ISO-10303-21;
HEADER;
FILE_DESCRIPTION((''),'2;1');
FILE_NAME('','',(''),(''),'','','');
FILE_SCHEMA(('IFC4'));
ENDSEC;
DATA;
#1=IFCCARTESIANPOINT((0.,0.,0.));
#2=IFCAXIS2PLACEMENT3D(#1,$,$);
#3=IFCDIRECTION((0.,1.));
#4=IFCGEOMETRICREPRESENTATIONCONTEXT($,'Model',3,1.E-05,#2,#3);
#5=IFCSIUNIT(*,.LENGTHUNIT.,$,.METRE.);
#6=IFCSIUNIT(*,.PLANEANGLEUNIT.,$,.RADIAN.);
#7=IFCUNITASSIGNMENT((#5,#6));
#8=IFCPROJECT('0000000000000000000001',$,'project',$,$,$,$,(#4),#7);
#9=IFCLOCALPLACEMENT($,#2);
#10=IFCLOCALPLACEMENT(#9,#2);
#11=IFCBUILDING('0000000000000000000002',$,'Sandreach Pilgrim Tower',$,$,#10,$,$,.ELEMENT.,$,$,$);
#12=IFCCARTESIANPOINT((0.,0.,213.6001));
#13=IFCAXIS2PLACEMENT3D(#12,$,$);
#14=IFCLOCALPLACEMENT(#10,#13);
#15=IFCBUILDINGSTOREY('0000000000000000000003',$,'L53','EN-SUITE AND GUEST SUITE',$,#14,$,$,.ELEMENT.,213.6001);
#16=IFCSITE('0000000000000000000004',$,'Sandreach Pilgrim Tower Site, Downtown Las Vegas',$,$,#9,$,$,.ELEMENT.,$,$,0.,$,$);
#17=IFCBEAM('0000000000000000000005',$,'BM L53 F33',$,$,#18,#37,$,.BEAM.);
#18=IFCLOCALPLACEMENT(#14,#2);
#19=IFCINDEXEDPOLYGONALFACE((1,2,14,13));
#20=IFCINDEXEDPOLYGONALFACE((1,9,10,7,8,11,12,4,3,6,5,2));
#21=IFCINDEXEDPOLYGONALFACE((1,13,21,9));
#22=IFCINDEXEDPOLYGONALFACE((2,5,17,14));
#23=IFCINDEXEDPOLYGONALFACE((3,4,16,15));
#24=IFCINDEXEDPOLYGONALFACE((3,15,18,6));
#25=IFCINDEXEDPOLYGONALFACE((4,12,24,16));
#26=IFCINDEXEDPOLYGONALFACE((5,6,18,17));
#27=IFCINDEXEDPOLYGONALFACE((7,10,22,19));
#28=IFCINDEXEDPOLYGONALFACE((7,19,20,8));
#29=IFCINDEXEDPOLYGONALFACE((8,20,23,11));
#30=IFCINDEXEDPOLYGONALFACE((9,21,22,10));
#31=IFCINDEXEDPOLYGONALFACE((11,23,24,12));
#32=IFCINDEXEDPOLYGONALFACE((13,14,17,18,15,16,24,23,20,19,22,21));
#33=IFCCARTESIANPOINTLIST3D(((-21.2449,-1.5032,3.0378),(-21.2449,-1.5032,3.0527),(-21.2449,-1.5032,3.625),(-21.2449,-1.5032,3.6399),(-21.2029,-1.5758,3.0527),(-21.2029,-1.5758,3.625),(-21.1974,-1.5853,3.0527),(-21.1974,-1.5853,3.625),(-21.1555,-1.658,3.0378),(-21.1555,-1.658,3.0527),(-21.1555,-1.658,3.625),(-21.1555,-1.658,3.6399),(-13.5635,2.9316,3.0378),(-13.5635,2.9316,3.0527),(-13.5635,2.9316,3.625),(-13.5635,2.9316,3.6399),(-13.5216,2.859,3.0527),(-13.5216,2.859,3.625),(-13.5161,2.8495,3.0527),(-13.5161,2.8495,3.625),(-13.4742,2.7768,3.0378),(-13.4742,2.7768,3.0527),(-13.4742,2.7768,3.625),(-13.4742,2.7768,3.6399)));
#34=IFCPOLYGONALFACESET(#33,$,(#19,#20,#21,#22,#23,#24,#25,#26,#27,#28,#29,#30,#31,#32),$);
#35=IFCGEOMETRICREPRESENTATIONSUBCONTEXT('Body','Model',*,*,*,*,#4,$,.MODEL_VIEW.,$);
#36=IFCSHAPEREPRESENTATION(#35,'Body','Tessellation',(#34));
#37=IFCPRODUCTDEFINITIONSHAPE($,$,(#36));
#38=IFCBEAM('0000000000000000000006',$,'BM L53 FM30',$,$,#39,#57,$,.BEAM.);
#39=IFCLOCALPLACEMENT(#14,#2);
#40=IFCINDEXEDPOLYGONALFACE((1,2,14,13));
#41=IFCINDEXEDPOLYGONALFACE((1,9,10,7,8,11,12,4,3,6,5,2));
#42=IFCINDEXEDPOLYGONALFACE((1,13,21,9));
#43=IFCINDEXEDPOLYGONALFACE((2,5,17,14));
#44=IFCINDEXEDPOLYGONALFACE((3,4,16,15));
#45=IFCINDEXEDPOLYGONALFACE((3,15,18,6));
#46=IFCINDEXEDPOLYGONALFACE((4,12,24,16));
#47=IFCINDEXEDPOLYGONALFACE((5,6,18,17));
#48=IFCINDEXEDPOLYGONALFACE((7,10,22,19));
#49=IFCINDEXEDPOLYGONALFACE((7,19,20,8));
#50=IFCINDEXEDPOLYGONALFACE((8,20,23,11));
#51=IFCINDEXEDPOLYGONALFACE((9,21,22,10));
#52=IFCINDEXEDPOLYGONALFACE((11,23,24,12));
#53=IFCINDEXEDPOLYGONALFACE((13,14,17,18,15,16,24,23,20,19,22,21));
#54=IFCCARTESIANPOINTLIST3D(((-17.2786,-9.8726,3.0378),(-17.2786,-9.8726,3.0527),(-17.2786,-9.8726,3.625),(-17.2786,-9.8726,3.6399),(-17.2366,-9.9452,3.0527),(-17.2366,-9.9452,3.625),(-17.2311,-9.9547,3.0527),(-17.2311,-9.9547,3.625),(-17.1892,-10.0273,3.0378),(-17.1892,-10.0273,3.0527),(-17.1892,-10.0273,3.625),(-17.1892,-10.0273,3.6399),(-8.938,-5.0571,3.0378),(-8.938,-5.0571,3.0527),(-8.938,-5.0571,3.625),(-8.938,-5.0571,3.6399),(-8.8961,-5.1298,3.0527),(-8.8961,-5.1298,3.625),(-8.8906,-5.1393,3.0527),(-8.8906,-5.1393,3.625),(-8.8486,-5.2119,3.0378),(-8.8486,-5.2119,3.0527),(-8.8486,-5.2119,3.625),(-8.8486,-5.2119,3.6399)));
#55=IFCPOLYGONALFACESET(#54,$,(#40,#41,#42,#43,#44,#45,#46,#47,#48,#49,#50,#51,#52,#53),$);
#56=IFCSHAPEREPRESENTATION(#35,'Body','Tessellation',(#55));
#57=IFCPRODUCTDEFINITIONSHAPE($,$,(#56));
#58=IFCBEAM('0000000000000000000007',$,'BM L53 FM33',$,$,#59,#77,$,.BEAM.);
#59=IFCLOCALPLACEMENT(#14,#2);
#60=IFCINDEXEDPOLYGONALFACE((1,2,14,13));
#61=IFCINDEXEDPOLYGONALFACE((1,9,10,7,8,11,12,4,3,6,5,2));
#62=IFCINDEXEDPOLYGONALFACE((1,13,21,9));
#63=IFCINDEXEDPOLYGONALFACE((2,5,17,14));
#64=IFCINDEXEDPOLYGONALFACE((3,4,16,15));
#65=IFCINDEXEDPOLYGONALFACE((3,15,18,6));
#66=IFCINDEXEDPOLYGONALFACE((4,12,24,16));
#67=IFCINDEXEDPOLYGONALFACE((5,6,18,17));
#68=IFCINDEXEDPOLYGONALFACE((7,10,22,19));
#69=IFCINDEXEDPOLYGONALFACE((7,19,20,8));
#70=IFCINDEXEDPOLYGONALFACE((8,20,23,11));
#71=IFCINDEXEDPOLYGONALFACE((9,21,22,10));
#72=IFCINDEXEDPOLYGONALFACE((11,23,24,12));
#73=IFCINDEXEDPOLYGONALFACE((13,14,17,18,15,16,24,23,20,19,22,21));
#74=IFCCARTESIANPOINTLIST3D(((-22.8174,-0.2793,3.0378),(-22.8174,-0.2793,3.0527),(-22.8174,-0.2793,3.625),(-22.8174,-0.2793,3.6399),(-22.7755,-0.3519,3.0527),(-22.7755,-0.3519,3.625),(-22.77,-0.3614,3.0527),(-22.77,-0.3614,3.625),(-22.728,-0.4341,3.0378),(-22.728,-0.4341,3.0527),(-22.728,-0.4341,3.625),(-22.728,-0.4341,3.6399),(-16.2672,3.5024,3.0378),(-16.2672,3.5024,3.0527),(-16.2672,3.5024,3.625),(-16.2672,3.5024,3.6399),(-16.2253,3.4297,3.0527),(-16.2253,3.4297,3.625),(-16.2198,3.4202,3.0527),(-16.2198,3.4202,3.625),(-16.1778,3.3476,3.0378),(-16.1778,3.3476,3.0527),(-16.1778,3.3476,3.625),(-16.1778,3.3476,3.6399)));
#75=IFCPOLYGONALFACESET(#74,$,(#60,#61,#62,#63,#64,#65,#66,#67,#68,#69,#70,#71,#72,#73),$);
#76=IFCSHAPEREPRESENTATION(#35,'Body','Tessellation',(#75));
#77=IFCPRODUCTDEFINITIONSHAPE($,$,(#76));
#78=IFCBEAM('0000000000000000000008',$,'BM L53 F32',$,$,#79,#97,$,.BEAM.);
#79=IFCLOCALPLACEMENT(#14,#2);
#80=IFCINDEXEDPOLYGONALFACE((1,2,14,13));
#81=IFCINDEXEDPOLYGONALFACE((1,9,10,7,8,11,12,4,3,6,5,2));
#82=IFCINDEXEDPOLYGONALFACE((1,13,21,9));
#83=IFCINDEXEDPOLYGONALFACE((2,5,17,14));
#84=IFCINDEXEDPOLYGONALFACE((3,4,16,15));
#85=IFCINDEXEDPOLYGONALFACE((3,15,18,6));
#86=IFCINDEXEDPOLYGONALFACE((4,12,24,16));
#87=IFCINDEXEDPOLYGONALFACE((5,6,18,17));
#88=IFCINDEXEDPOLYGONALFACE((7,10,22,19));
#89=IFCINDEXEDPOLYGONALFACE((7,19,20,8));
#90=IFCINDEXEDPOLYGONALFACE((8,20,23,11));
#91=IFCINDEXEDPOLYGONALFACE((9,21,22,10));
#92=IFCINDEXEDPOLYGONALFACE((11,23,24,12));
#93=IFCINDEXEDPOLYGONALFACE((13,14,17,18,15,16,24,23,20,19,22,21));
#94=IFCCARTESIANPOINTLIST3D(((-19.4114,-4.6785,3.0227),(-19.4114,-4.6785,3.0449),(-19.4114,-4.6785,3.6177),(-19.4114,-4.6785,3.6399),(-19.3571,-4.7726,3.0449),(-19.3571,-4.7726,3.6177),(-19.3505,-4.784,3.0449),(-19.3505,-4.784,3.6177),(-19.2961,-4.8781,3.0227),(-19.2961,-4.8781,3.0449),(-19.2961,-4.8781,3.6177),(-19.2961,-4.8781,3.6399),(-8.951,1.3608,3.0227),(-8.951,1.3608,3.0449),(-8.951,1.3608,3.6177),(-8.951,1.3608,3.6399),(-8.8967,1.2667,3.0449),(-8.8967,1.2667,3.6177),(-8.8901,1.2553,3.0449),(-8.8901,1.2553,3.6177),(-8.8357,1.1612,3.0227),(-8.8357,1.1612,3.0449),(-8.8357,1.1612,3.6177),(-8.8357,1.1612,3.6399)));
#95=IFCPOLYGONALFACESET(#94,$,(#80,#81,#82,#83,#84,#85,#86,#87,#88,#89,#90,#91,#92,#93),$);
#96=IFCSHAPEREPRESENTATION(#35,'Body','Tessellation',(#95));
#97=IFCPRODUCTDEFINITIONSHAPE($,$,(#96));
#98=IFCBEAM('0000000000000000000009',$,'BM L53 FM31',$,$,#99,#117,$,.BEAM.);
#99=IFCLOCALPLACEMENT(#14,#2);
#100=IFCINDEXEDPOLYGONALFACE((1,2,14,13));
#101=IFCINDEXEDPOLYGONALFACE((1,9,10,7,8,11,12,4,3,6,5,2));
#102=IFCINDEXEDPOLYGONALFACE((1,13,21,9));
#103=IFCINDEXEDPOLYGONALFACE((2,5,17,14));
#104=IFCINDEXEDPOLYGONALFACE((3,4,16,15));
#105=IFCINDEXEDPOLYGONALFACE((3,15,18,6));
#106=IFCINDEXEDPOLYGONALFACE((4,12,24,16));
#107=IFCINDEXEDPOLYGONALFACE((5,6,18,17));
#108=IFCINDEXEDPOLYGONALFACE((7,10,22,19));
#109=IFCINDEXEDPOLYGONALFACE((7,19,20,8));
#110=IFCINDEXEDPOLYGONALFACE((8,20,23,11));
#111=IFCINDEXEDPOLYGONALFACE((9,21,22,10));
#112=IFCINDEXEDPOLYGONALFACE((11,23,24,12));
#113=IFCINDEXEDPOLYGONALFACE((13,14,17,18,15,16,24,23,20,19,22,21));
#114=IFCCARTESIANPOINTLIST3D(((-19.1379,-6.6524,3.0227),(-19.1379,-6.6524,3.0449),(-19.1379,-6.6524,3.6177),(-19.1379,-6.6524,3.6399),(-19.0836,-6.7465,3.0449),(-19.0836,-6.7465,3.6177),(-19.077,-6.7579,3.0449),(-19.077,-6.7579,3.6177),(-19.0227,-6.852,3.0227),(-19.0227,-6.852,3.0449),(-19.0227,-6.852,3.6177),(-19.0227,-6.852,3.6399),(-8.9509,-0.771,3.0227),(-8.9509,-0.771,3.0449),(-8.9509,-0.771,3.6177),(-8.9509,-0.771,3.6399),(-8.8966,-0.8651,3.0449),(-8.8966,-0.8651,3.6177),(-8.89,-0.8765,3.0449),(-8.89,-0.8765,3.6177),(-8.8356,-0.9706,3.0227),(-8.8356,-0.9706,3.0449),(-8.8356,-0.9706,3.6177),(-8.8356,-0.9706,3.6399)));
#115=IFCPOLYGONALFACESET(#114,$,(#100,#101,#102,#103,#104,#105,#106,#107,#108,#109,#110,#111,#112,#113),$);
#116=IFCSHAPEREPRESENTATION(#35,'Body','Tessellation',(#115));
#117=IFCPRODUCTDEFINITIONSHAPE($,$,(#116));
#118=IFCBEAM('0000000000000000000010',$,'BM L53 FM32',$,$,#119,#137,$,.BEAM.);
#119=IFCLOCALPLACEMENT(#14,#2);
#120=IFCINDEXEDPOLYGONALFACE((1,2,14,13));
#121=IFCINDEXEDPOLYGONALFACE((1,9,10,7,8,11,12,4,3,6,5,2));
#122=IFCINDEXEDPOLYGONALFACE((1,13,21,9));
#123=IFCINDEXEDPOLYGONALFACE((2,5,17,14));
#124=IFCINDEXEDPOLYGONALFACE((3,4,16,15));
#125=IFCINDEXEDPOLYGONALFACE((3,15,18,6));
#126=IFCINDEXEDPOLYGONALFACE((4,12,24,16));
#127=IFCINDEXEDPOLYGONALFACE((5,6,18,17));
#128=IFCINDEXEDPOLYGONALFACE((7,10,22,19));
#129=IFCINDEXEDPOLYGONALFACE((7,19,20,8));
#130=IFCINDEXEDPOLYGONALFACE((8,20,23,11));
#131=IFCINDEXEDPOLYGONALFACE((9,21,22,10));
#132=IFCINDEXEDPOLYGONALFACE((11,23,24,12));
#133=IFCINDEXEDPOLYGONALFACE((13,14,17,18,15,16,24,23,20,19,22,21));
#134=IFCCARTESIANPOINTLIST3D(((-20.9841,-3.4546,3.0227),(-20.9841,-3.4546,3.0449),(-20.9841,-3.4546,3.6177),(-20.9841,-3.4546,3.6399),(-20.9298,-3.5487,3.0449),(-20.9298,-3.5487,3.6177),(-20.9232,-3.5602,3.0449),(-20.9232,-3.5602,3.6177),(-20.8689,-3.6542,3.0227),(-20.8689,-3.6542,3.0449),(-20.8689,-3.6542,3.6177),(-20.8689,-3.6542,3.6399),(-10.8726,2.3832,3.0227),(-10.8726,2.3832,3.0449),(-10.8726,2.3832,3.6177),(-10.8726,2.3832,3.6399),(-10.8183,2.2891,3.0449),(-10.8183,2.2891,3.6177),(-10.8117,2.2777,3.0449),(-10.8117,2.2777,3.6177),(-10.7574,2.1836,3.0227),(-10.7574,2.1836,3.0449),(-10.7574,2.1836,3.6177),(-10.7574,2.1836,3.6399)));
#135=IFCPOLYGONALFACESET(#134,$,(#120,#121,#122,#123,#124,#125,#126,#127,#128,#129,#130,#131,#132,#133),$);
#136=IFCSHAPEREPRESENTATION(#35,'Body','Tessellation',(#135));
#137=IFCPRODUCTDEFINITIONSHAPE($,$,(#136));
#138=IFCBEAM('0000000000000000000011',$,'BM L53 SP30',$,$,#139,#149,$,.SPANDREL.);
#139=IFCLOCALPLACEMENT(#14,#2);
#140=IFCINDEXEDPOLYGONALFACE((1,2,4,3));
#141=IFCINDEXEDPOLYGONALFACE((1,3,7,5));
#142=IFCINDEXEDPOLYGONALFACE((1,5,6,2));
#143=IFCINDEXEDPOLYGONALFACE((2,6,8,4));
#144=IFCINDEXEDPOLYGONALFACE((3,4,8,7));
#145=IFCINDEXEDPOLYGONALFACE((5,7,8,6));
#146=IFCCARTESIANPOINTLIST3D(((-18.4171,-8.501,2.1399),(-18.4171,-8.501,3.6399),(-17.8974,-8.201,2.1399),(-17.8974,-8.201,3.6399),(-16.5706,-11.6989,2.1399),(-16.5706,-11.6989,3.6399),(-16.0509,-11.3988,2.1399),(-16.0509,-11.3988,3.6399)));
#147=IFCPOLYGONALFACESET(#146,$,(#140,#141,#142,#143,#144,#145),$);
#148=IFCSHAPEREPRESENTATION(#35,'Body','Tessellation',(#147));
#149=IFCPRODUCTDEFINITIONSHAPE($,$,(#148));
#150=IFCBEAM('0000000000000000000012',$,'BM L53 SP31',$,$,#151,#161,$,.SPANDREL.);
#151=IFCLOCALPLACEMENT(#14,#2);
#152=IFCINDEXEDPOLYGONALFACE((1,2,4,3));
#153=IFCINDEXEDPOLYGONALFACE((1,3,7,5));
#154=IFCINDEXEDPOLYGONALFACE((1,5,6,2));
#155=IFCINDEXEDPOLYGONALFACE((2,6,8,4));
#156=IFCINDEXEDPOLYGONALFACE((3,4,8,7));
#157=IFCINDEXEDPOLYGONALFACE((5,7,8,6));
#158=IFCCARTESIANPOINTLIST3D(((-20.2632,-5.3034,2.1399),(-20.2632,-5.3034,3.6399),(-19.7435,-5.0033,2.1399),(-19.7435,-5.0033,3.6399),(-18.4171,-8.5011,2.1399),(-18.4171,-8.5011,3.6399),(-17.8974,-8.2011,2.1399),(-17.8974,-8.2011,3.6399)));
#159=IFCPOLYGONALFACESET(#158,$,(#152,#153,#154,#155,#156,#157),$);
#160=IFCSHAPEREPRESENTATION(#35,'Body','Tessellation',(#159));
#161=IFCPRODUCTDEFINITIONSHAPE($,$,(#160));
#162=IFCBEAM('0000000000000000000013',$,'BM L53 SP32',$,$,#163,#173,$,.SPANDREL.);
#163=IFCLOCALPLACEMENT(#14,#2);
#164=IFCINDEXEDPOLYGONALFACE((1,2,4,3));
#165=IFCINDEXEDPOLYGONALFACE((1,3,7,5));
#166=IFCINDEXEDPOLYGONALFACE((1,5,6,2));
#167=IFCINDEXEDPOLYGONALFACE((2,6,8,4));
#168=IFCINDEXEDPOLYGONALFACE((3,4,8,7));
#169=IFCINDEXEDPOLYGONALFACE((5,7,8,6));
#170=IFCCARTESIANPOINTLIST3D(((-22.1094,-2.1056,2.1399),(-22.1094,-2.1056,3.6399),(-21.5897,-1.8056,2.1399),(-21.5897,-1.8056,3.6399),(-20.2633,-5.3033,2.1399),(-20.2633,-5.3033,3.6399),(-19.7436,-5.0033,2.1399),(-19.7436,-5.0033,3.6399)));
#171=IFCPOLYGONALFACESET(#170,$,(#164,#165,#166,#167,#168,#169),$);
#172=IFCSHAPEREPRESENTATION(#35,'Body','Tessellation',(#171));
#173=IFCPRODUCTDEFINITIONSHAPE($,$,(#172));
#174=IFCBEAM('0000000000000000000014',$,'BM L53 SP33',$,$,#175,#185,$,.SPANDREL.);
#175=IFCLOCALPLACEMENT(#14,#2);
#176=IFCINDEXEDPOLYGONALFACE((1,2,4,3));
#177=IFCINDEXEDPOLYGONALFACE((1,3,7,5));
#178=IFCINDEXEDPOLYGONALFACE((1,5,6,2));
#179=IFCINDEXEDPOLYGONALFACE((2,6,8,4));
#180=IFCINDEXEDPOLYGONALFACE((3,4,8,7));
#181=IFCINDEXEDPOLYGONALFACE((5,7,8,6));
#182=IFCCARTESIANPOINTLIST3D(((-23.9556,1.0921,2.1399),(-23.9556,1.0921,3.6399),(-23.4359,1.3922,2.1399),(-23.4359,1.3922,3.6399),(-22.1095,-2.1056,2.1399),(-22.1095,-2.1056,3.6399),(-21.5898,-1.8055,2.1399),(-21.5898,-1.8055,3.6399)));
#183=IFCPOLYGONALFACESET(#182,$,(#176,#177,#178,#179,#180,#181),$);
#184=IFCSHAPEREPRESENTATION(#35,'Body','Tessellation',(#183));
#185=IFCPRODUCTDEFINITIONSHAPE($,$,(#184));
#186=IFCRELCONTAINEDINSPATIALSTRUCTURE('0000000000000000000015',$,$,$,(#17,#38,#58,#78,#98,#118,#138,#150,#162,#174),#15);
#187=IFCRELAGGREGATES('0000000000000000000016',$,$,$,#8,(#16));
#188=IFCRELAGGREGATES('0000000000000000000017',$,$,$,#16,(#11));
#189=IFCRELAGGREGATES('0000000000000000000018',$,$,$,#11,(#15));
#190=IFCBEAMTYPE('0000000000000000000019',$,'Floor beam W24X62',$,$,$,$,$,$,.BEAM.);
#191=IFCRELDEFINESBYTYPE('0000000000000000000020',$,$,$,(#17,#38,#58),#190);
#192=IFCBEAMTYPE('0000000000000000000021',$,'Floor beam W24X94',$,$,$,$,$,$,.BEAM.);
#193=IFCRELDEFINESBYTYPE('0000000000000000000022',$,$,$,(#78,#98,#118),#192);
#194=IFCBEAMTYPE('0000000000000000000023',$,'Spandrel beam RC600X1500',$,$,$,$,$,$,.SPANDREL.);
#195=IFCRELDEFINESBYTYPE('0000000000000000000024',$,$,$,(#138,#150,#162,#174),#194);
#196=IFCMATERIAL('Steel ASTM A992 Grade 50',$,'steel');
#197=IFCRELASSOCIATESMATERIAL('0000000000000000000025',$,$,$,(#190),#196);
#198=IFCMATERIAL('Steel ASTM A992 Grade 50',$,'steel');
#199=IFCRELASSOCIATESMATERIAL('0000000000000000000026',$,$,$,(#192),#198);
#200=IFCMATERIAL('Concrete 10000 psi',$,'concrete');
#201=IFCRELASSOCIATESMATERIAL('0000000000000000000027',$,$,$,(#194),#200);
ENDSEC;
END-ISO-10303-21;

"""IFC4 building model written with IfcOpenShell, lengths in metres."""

from ifc_helpers import new_model, si_unit, direction, frame, origin, origin_2d, place, context, subcontext, project, spatial, rectangle, i_section, extrude, material, material_profile, profile_set, type_object, element, save


model = new_model("IFC4")

# Units and contexts
model_context = context("Model", 3, precision=1e-05, world=origin(), true_north=direction((0.0, 1.0)))
body_context = subcontext(model_context, "Body", "Model", "MODEL_VIEW")
ifc_project = project(units=[si_unit("LENGTHUNIT", "METRE"), si_unit("PLANEANGLEUNIT", "RADIAN")], contexts=[model_context])

# Site, building, storey
site_placement = place(None, origin())
site = spatial("IfcSite", under=ifc_project, at=site_placement, Name="Sandreach Pilgrim Tower Site, Downtown Las Vegas", CompositionType="ELEMENT", RefElevation=0.0)
building_placement = place(site_placement, origin())
building = spatial("IfcBuilding", under=site, at=building_placement, Name="Sandreach Pilgrim Tower", CompositionType="ELEMENT")
storey_placement = place(building_placement, frame((0.0, 0.0, 213.6001)))
storey = spatial("IfcBuildingStorey", under=building, at=storey_placement, Name="L53", Description="EN-SUITE AND GUEST SUITE", CompositionType="ELEMENT", Elevation=213.6001)

# Beams
ifc_material_1 = material(Name="Steel ASTM A992 Grade 50", Category="steel")
ifc_material_profile_1 = material_profile(ifc_material_1, i_section(OverallWidth=0.1787, OverallDepth=0.6021, WebThickness=0.011, FlangeThickness=0.0149, at=origin_2d()), Name="W24X62")
ifc_profile_set_1 = profile_set([ifc_material_profile_1], Name="Steel ASTM A992 Grade 50")
beam_type_1 = type_object("IfcBeamType", Name="Floor beam W24X62", PredefinedType="BEAM", material=ifc_profile_set_1)
beam_1_placement = place(storey_placement, frame((-21.2002, -1.5806, 3.3389), z_axis=(0.866027, 0.499996, 0.0), x_axis=(-0.499996, 0.866027, 0.0)))
element("IfcBeam", 1, at=beam_1_placement, inside=storey, type_object=beam_type_1, Name="BM L53 F33", PredefinedType="BEAM", context=body_context, shape_type="SweptSolid", body=[
    extrude(i_section(OverallWidth=0.1787, OverallDepth=0.6021, WebThickness=0.011, FlangeThickness=0.0149, at=origin_2d()), origin(), (0.0, 0.0, 1.0), 8.8696),
])
beam_2_placement = place(storey_placement, frame((-17.2339, -9.95, 3.3389), z_axis=(0.866026, 0.5, 0.0), x_axis=(-0.5, 0.866026, 0.0)))
element("IfcBeam", 2, at=beam_2_placement, inside=storey, type_object=beam_type_1, Name="BM L53 FM30", PredefinedType="BEAM", context=body_context, shape_type="SweptSolid", body=[
    extrude(i_section(OverallWidth=0.1787, OverallDepth=0.6021, WebThickness=0.011, FlangeThickness=0.0149, at=origin_2d()), origin(), (0.0, 0.0, 1.0), 9.6309),
])
beam_3_placement = place(storey_placement, frame((-22.7727, -0.3567, 3.3389), z_axis=(0.86603, 0.499993, 0.0), x_axis=(-0.499993, 0.86603, 0.0)))
element("IfcBeam", 3, at=beam_3_placement, inside=storey, type_object=beam_type_1, Name="BM L53 FM33", PredefinedType="BEAM", context=body_context, shape_type="SweptSolid", body=[
    extrude(i_section(OverallWidth=0.1787, OverallDepth=0.6021, WebThickness=0.011, FlangeThickness=0.0149, at=origin_2d()), origin(), (0.0, 0.0, 1.0), 7.5635),
])
ifc_material_2 = material(Name="Steel ASTM A992 Grade 50", Category="steel")
ifc_material_profile_2 = material_profile(ifc_material_2, i_section(OverallWidth=0.2305, OverallDepth=0.6172, WebThickness=0.0132, FlangeThickness=0.0222, at=origin_2d()), Name="W24X94")
ifc_profile_set_2 = profile_set([ifc_material_profile_2], Name="Steel ASTM A992 Grade 50")
beam_type_2 = type_object("IfcBeamType", Name="Floor beam W24X94", PredefinedType="BEAM", material=ifc_profile_set_2)
beam_4_placement = place(storey_placement, frame((-19.3538, -4.7783, 3.3313), z_axis=(0.866027, 0.499998, 0.0), x_axis=(-0.499998, 0.866027, 0.0)))
element("IfcBeam", 4, at=beam_4_placement, inside=storey, type_object=beam_type_2, Name="BM L53 F32", PredefinedType="BEAM", context=body_context, shape_type="SweptSolid", body=[
    extrude(i_section(OverallWidth=0.2305, OverallDepth=0.6172, WebThickness=0.0132, FlangeThickness=0.0222, at=origin_2d()), origin(), (0.0, 0.0, 1.0), 12.0786),
])
beam_5_placement = place(storey_placement, frame((-19.0803, -6.7522, 3.3313), z_axis=(0.86603, 0.499992, 0.0), x_axis=(-0.499992, 0.86603, 0.0)))
element("IfcBeam", 5, at=beam_5_placement, inside=storey, type_object=beam_type_2, Name="BM L53 FM31", PredefinedType="BEAM", context=body_context, shape_type="SweptSolid", body=[
    extrude(i_section(OverallWidth=0.2305, OverallDepth=0.6172, WebThickness=0.0132, FlangeThickness=0.0222, at=origin_2d()), origin(), (0.0, 0.0, 1.0), 11.7629),
])
beam_6_placement = place(storey_placement, frame((-20.9265, -3.5544, 3.3313), z_axis=(0.866026, 0.499998, 0.0), x_axis=(-0.499998, 0.866026, 0.0)))
element("IfcBeam", 6, at=beam_6_placement, inside=storey, type_object=beam_type_2, Name="BM L53 FM32", PredefinedType="BEAM", context=body_context, shape_type="SweptSolid", body=[
    extrude(i_section(OverallWidth=0.2305, OverallDepth=0.6172, WebThickness=0.0132, FlangeThickness=0.0222, at=origin_2d()), origin(), (0.0, 0.0, 1.0), 11.6758),
])
ifc_material_3 = material(Name="Concrete 10000 psi", Category="concrete")
ifc_material_profile_3 = material_profile(ifc_material_3, rectangle(XDim=0.6001, YDim=1.5, at=origin_2d()), Name="RC600X1500")
ifc_profile_set_3 = profile_set([ifc_material_profile_3], Name="Concrete 10000 psi")
beam_type_3 = type_object("IfcBeamType", Name="Spandrel beam RC600X1500", PredefinedType="SPANDREL", material=ifc_profile_set_3)
beam_7_placement = place(storey_placement, frame((-16.3108, -11.5488, 2.8899), z_axis=(-0.500043, 0.866001, 0.0), x_axis=(-0.866001, -0.500043, 0.0)))
element("IfcBeam", 7, at=beam_7_placement, inside=storey, type_object=beam_type_3, Name="BM L53 SP30", PredefinedType="SPANDREL", context=body_context, shape_type="SweptSolid", body=[
    extrude(rectangle(XDim=0.6001, YDim=1.5, at=origin_2d()), origin(), (0.0, 0.0, 1.0), 3.6926),
])
for number, where, z_axis, x_axis, name in (
    (8, (-18.1572, -8.3511, 2.8899), (-0.499993, 0.866029, 0.0), (-0.866029, -0.499993, 0.0), "BM L53 SP31"),
    (9, (-20.0034, -5.1533, 2.8899), (-0.499993, 0.866029, 0.0), (-0.866029, -0.499993, 0.0), "BM L53 SP32"),
    (10, (-21.8496, -1.9556, 2.8899), (-0.499993, 0.866029, 0.0), (-0.866029, -0.499993, 0.0), "BM L53 SP33"),
):
    element("IfcBeam", number, at=place(storey_placement, frame(where, z_axis=z_axis, x_axis=x_axis)), inside=storey, type_object=beam_type_3, Name=name, PredefinedType="SPANDREL", context=body_context, shape_type="SweptSolid", body=[
        extrude(rectangle(XDim=0.6001, YDim=1.5, at=origin_2d()), origin(), (0.0, 0.0, 1.0), 3.6924),
    ])

save(model, "model.ifc")
